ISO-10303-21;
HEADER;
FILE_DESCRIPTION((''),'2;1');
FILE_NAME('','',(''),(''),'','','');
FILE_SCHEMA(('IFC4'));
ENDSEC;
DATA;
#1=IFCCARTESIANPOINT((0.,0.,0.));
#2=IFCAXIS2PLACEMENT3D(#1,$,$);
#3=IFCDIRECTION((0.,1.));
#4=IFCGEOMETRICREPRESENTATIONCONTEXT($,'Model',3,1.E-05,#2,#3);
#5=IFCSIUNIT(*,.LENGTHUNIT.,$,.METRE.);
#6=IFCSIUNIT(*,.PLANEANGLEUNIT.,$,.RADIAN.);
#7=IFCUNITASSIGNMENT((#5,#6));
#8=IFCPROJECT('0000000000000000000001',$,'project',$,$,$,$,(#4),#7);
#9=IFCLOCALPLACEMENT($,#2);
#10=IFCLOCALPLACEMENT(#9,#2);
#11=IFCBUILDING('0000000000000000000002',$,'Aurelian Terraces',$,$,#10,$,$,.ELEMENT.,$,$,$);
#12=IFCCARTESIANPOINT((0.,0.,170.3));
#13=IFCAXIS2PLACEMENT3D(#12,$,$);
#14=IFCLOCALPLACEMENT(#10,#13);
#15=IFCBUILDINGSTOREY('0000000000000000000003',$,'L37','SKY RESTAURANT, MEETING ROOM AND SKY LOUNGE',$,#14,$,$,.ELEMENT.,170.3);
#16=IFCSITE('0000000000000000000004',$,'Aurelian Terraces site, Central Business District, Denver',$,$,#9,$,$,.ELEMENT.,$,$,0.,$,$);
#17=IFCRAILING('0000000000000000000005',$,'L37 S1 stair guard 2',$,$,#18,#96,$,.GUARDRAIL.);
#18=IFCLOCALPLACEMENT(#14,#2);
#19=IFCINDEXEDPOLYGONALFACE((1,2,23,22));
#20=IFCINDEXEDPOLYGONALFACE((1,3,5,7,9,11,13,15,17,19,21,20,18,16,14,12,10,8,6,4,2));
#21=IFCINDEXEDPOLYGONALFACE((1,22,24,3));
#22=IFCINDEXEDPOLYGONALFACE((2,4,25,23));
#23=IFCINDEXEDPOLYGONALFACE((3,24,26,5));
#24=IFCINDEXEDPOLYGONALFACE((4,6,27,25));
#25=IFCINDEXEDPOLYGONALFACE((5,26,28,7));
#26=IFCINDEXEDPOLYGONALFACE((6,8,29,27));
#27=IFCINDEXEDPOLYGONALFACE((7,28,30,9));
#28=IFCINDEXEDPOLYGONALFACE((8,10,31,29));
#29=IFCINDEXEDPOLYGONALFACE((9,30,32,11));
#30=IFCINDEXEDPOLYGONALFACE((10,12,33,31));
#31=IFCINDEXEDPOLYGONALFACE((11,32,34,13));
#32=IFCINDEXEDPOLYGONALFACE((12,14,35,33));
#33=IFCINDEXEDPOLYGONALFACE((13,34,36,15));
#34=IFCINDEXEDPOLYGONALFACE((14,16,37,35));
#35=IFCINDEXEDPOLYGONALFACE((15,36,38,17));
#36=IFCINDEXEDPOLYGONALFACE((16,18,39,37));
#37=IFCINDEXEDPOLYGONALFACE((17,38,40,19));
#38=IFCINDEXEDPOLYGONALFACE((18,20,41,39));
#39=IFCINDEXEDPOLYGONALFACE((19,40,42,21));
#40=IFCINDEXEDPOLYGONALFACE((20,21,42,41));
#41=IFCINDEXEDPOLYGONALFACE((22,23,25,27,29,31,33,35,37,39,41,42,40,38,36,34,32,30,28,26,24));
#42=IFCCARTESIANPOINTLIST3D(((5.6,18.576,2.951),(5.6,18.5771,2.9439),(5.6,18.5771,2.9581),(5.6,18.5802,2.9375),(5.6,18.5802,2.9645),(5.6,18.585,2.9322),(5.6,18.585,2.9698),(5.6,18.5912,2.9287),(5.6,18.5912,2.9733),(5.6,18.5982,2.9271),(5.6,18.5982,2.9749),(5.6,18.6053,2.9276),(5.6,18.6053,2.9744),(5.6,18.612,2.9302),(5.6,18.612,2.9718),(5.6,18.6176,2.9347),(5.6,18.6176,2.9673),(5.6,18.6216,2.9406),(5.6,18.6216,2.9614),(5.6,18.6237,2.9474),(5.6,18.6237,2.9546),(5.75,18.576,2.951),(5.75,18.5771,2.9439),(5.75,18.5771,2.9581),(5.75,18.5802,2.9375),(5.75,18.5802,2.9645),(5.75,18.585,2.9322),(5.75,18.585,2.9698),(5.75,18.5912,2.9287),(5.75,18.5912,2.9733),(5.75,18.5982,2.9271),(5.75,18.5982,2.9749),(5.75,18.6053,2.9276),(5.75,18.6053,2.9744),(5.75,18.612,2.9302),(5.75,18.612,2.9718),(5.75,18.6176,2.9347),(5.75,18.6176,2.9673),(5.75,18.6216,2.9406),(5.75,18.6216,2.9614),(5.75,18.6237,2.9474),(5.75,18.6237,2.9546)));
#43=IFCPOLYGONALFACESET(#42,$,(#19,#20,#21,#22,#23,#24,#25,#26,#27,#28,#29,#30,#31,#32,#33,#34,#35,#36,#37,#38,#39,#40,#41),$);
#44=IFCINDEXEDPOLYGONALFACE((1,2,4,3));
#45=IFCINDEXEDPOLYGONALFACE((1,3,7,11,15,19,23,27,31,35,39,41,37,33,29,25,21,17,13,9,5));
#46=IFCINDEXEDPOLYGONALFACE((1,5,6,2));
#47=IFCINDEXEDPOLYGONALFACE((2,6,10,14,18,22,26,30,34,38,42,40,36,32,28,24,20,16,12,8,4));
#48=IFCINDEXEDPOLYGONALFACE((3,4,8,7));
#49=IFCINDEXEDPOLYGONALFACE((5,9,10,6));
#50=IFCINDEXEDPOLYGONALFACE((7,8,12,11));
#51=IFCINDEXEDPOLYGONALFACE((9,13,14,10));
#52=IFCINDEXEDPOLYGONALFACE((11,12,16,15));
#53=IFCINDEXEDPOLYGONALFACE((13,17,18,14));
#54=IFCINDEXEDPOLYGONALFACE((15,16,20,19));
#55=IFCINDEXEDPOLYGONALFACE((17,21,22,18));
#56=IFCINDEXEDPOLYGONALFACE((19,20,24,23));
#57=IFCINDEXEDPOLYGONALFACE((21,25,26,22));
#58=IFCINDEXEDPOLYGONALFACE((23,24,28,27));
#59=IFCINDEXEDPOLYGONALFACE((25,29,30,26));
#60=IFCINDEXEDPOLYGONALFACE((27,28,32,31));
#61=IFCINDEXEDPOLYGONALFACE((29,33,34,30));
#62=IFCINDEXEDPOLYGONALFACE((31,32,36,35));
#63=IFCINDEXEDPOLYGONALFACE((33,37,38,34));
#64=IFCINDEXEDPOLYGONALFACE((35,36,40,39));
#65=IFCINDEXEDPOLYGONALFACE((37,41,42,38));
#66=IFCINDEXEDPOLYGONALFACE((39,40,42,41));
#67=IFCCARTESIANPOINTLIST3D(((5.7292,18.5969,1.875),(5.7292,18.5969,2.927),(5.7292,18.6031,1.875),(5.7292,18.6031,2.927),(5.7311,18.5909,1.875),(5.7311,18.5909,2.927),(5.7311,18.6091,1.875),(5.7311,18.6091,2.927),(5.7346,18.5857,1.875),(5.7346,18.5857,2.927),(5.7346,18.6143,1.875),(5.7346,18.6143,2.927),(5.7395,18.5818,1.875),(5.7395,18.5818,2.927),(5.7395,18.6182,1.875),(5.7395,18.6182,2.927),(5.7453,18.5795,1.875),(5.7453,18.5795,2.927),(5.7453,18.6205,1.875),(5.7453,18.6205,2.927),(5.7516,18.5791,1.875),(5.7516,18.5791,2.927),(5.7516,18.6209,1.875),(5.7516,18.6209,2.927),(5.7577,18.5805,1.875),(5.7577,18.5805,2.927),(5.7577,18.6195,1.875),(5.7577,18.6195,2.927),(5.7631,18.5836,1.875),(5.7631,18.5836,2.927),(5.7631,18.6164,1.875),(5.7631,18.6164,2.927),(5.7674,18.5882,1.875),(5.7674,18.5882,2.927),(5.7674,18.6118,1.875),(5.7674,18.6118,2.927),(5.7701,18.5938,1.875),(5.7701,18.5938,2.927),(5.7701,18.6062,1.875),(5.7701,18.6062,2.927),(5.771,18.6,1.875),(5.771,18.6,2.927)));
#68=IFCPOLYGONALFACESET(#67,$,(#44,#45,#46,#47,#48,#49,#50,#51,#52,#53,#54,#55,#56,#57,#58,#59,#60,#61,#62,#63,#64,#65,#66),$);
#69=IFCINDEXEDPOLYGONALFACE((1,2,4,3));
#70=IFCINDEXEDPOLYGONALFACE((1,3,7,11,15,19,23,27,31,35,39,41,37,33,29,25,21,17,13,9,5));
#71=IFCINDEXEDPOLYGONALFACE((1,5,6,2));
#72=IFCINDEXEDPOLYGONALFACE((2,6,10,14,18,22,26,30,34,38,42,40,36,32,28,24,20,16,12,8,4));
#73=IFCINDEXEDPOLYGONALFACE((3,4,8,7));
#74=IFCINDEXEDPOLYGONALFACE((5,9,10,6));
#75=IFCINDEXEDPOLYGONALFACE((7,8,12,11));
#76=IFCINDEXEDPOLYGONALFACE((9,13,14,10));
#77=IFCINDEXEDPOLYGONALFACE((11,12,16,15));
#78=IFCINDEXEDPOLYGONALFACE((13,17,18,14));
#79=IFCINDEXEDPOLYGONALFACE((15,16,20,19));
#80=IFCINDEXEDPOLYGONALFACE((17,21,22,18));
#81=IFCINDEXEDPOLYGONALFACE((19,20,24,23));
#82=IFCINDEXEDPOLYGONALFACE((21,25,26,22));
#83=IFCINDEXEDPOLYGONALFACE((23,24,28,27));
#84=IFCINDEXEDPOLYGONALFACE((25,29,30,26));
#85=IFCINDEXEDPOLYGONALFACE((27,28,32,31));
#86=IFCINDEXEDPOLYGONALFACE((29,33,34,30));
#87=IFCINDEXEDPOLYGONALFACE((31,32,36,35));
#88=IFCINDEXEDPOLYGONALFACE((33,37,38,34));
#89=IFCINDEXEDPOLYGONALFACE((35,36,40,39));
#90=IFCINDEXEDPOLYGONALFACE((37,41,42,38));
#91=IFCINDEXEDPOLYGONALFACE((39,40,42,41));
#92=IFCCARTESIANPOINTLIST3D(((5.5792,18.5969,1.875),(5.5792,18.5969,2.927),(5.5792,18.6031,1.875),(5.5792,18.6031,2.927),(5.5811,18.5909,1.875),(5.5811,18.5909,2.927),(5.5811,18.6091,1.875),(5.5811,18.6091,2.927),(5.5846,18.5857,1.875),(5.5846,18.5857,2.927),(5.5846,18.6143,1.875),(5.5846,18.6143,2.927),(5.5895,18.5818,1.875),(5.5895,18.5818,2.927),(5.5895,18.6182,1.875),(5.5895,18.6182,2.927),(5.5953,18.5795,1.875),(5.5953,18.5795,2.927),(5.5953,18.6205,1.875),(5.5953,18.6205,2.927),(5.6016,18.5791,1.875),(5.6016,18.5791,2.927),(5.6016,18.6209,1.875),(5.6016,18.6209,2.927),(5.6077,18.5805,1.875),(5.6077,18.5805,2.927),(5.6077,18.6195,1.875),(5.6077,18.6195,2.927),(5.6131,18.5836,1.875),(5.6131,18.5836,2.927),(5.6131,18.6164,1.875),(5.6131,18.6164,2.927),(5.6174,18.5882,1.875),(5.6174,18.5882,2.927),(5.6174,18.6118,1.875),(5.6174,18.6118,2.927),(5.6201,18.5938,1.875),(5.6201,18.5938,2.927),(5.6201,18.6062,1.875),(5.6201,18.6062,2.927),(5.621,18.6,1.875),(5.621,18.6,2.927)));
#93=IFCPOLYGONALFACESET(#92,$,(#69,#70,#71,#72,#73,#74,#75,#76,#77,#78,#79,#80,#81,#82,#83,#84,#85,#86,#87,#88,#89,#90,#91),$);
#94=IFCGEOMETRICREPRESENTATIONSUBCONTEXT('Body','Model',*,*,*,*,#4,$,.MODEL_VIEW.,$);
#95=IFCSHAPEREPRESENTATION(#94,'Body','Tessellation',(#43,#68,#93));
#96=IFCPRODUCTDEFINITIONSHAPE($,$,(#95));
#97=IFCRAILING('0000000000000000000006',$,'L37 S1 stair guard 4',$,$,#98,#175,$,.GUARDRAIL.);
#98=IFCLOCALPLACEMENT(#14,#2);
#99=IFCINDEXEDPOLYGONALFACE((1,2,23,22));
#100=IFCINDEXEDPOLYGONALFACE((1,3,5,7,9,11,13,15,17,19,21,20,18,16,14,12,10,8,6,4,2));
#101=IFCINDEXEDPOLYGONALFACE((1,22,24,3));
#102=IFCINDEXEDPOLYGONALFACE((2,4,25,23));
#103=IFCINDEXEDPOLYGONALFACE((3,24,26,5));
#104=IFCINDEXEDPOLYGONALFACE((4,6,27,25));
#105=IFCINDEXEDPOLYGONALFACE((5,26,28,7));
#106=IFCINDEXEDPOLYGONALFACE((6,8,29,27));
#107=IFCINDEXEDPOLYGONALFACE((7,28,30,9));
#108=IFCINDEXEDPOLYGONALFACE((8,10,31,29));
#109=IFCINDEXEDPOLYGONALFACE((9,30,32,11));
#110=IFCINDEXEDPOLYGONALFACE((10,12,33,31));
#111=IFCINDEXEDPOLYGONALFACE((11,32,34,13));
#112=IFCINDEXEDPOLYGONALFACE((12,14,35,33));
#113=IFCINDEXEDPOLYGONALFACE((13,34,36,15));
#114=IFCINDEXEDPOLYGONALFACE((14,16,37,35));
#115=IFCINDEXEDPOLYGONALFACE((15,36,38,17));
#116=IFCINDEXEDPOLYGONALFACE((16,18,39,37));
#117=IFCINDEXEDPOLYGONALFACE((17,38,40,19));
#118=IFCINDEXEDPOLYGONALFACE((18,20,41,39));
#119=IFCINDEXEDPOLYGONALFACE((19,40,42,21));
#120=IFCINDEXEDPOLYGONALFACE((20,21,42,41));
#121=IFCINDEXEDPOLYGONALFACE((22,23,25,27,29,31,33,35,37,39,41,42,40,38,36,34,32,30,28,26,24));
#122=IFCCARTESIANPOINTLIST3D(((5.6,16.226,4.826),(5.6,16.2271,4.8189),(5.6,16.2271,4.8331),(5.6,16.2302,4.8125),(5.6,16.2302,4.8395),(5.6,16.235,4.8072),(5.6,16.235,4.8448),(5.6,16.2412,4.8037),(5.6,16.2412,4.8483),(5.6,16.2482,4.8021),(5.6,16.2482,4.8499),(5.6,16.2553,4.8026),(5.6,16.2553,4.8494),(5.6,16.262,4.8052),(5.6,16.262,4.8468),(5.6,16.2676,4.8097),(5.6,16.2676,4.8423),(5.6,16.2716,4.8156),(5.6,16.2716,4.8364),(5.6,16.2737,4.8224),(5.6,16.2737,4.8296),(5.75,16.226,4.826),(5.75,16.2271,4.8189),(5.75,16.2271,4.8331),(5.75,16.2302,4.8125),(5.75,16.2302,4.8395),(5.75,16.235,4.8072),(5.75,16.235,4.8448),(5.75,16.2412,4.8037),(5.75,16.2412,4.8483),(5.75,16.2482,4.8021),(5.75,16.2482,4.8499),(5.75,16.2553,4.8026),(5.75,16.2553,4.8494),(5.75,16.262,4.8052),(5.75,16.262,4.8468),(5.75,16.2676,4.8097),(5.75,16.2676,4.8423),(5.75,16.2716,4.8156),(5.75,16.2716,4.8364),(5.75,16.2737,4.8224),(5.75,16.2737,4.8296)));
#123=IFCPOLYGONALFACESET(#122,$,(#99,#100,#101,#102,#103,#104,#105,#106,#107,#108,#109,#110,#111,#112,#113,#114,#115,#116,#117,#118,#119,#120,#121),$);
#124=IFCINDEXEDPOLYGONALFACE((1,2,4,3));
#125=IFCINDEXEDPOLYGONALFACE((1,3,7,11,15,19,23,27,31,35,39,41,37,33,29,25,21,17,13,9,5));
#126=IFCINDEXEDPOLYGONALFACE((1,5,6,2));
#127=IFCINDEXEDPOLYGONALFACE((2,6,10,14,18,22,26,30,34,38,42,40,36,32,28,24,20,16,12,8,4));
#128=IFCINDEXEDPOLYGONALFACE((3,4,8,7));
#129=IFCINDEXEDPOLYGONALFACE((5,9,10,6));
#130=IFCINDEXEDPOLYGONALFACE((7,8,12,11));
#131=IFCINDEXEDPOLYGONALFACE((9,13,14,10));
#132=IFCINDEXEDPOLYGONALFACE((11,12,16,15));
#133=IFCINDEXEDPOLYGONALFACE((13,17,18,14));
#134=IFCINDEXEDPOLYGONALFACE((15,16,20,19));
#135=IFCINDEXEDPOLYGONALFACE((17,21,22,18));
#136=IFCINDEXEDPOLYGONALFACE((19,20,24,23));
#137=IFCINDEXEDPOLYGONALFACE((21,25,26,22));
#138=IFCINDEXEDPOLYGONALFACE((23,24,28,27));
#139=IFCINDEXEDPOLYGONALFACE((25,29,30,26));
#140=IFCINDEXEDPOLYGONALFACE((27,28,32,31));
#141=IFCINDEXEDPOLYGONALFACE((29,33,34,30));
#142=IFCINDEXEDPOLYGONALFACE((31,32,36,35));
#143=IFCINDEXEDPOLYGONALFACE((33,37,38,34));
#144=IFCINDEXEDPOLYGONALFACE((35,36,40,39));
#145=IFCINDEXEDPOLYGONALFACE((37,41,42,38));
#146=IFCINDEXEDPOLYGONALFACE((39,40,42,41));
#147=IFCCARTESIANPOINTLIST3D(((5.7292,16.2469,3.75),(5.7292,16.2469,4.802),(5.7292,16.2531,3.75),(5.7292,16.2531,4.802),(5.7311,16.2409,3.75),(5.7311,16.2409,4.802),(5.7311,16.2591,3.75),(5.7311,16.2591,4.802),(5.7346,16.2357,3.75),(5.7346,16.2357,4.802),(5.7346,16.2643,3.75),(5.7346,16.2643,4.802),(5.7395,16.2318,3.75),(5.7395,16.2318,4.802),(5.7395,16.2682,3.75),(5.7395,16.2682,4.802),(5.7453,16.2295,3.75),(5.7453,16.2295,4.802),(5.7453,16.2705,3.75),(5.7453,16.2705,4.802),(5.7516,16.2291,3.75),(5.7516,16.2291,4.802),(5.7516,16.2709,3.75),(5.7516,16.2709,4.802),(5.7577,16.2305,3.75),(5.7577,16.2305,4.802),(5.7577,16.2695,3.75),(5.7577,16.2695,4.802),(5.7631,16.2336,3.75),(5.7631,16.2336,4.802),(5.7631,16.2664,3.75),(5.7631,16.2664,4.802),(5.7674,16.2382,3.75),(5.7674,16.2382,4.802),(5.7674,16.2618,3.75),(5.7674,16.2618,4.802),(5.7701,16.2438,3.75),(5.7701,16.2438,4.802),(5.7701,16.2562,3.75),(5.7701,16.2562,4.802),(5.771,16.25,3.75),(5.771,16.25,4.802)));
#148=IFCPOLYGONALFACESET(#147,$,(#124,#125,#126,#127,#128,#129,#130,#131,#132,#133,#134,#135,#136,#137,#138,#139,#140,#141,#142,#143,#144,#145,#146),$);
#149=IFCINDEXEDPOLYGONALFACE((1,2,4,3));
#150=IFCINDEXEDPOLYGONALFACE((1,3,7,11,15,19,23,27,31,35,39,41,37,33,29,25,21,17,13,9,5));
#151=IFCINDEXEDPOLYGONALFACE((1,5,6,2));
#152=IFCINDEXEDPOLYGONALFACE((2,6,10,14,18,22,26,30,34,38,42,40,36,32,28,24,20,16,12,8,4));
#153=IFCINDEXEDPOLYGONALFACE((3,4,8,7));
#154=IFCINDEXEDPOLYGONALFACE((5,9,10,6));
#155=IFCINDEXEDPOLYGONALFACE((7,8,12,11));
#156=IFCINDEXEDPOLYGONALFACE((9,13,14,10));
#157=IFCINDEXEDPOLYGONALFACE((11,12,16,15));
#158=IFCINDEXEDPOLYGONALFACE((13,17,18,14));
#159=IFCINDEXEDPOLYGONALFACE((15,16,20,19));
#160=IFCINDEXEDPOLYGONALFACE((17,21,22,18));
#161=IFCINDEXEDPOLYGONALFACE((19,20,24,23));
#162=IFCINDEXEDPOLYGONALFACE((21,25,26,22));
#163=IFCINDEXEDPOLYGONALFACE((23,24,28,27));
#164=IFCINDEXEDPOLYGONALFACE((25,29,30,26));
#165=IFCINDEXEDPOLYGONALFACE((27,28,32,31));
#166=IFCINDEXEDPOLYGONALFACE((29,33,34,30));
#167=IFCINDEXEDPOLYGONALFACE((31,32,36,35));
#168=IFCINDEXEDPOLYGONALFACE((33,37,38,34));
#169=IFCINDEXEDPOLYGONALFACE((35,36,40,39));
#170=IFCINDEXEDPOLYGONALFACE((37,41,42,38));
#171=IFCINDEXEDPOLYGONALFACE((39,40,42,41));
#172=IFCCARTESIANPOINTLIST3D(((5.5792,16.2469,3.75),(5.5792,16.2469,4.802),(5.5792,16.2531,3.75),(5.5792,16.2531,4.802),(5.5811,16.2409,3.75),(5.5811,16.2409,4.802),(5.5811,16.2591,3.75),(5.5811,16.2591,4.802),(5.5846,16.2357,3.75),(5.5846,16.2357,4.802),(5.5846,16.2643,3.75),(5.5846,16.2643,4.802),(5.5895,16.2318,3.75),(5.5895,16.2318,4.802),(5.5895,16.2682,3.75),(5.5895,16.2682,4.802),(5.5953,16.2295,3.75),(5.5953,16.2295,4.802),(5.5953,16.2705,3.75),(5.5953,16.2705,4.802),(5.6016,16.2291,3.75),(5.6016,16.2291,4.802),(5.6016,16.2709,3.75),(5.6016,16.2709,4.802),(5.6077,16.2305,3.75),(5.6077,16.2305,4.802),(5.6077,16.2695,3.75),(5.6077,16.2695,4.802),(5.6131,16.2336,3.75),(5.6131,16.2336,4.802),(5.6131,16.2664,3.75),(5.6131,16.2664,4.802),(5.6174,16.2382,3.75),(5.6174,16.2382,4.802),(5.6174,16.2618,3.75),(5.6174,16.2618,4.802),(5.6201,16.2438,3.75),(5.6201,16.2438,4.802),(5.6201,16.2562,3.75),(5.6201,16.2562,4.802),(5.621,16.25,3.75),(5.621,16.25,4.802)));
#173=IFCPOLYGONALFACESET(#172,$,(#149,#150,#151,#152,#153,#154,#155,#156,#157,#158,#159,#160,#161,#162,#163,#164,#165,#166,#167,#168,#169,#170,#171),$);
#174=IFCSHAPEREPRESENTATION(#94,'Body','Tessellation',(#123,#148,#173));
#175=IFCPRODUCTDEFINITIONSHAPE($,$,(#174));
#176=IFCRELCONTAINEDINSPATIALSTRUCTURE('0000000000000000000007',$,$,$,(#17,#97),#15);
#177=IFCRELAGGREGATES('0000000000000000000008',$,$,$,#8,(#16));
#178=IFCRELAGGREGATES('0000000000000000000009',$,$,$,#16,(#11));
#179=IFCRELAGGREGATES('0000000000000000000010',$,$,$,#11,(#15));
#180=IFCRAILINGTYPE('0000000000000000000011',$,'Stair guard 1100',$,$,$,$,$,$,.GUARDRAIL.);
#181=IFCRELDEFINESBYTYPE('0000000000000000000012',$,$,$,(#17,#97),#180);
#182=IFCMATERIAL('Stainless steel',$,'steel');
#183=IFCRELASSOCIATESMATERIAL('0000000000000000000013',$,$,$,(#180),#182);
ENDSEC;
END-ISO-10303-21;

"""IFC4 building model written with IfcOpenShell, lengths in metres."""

from ifc_helpers import new_model, si_unit, direction, frame, origin, origin_2d, place, context, subcontext, project, spatial, circle, extrude, source, transform, mapped, material, type_object, element, save


model = new_model("IFC4")

# Units and contexts
model_context = context("Model", 3, precision=1e-05, world=origin(), true_north=direction((0.0, 1.0)))
body_context = subcontext(model_context, "Body", "Model", "MODEL_VIEW")
ifc_project = project(units=[si_unit("LENGTHUNIT", "METRE"), si_unit("PLANEANGLEUNIT", "RADIAN")], contexts=[model_context])

# Site, building, storey
site_placement = place(None, origin())
site = spatial("IfcSite", under=ifc_project, at=site_placement, Name="Aurelian Terraces site, Central Business District, Denver", CompositionType="ELEMENT", RefElevation=0.0)
building_placement = place(site_placement, origin())
building = spatial("IfcBuilding", under=site, at=building_placement, Name="Aurelian Terraces", CompositionType="ELEMENT")
storey_placement = place(building_placement, frame((0.0, 0.0, 170.3)))
storey = spatial("IfcBuildingStorey", under=building, at=storey_placement, Name="L37", Description="SKY RESTAURANT, MEETING ROOM AND SKY LOUNGE", CompositionType="ELEMENT", Elevation=170.3)

# Railings
ifc_material_1 = material(Name="Stainless steel", Category="steel")
railing_type_1 = type_object("IfcRailingType", Name="Stair guard 1100", PredefinedType="GUARDRAIL", material=ifc_material_1)
shared_shape_1 = source(origin(), body_context, "Body", "SweptSolid", [
    extrude(circle(Radius=0.024, at=origin_2d()), frame((0.0, 0.0, 1.076), z_axis=(-1.0, 0.0, 0.0), x_axis=(0.0, -1.0, 0.0)), (0.0, 0.0, 1.0), 0.15),
    extrude(circle(Radius=0.021, at=origin_2d()), origin(), (0.0, 0.0, 1.0), 1.052),
    extrude(circle(Radius=0.021, at=origin_2d()), frame((-0.15, 0.0, 0.0)), (0.0, 0.0, 1.0), 1.052),
])
for number, where, name in (
    (1, (5.75, 18.6, 1.875), "L37 S1 stair guard 2"),
    (2, (5.75, 16.25, 3.75), "L37 S1 stair guard 4"),
):
    element("IfcRailing", number, at=place(storey_placement, frame(where)), inside=storey, type_object=railing_type_1, Name=name, PredefinedType="GUARDRAIL", context=body_context, shape_type="MappedRepresentation", body=[
        mapped(shared_shape_1, transform((0.0, 0.0, 0.0), scale=1.0)),
    ])

save(model, "model.ifc")
